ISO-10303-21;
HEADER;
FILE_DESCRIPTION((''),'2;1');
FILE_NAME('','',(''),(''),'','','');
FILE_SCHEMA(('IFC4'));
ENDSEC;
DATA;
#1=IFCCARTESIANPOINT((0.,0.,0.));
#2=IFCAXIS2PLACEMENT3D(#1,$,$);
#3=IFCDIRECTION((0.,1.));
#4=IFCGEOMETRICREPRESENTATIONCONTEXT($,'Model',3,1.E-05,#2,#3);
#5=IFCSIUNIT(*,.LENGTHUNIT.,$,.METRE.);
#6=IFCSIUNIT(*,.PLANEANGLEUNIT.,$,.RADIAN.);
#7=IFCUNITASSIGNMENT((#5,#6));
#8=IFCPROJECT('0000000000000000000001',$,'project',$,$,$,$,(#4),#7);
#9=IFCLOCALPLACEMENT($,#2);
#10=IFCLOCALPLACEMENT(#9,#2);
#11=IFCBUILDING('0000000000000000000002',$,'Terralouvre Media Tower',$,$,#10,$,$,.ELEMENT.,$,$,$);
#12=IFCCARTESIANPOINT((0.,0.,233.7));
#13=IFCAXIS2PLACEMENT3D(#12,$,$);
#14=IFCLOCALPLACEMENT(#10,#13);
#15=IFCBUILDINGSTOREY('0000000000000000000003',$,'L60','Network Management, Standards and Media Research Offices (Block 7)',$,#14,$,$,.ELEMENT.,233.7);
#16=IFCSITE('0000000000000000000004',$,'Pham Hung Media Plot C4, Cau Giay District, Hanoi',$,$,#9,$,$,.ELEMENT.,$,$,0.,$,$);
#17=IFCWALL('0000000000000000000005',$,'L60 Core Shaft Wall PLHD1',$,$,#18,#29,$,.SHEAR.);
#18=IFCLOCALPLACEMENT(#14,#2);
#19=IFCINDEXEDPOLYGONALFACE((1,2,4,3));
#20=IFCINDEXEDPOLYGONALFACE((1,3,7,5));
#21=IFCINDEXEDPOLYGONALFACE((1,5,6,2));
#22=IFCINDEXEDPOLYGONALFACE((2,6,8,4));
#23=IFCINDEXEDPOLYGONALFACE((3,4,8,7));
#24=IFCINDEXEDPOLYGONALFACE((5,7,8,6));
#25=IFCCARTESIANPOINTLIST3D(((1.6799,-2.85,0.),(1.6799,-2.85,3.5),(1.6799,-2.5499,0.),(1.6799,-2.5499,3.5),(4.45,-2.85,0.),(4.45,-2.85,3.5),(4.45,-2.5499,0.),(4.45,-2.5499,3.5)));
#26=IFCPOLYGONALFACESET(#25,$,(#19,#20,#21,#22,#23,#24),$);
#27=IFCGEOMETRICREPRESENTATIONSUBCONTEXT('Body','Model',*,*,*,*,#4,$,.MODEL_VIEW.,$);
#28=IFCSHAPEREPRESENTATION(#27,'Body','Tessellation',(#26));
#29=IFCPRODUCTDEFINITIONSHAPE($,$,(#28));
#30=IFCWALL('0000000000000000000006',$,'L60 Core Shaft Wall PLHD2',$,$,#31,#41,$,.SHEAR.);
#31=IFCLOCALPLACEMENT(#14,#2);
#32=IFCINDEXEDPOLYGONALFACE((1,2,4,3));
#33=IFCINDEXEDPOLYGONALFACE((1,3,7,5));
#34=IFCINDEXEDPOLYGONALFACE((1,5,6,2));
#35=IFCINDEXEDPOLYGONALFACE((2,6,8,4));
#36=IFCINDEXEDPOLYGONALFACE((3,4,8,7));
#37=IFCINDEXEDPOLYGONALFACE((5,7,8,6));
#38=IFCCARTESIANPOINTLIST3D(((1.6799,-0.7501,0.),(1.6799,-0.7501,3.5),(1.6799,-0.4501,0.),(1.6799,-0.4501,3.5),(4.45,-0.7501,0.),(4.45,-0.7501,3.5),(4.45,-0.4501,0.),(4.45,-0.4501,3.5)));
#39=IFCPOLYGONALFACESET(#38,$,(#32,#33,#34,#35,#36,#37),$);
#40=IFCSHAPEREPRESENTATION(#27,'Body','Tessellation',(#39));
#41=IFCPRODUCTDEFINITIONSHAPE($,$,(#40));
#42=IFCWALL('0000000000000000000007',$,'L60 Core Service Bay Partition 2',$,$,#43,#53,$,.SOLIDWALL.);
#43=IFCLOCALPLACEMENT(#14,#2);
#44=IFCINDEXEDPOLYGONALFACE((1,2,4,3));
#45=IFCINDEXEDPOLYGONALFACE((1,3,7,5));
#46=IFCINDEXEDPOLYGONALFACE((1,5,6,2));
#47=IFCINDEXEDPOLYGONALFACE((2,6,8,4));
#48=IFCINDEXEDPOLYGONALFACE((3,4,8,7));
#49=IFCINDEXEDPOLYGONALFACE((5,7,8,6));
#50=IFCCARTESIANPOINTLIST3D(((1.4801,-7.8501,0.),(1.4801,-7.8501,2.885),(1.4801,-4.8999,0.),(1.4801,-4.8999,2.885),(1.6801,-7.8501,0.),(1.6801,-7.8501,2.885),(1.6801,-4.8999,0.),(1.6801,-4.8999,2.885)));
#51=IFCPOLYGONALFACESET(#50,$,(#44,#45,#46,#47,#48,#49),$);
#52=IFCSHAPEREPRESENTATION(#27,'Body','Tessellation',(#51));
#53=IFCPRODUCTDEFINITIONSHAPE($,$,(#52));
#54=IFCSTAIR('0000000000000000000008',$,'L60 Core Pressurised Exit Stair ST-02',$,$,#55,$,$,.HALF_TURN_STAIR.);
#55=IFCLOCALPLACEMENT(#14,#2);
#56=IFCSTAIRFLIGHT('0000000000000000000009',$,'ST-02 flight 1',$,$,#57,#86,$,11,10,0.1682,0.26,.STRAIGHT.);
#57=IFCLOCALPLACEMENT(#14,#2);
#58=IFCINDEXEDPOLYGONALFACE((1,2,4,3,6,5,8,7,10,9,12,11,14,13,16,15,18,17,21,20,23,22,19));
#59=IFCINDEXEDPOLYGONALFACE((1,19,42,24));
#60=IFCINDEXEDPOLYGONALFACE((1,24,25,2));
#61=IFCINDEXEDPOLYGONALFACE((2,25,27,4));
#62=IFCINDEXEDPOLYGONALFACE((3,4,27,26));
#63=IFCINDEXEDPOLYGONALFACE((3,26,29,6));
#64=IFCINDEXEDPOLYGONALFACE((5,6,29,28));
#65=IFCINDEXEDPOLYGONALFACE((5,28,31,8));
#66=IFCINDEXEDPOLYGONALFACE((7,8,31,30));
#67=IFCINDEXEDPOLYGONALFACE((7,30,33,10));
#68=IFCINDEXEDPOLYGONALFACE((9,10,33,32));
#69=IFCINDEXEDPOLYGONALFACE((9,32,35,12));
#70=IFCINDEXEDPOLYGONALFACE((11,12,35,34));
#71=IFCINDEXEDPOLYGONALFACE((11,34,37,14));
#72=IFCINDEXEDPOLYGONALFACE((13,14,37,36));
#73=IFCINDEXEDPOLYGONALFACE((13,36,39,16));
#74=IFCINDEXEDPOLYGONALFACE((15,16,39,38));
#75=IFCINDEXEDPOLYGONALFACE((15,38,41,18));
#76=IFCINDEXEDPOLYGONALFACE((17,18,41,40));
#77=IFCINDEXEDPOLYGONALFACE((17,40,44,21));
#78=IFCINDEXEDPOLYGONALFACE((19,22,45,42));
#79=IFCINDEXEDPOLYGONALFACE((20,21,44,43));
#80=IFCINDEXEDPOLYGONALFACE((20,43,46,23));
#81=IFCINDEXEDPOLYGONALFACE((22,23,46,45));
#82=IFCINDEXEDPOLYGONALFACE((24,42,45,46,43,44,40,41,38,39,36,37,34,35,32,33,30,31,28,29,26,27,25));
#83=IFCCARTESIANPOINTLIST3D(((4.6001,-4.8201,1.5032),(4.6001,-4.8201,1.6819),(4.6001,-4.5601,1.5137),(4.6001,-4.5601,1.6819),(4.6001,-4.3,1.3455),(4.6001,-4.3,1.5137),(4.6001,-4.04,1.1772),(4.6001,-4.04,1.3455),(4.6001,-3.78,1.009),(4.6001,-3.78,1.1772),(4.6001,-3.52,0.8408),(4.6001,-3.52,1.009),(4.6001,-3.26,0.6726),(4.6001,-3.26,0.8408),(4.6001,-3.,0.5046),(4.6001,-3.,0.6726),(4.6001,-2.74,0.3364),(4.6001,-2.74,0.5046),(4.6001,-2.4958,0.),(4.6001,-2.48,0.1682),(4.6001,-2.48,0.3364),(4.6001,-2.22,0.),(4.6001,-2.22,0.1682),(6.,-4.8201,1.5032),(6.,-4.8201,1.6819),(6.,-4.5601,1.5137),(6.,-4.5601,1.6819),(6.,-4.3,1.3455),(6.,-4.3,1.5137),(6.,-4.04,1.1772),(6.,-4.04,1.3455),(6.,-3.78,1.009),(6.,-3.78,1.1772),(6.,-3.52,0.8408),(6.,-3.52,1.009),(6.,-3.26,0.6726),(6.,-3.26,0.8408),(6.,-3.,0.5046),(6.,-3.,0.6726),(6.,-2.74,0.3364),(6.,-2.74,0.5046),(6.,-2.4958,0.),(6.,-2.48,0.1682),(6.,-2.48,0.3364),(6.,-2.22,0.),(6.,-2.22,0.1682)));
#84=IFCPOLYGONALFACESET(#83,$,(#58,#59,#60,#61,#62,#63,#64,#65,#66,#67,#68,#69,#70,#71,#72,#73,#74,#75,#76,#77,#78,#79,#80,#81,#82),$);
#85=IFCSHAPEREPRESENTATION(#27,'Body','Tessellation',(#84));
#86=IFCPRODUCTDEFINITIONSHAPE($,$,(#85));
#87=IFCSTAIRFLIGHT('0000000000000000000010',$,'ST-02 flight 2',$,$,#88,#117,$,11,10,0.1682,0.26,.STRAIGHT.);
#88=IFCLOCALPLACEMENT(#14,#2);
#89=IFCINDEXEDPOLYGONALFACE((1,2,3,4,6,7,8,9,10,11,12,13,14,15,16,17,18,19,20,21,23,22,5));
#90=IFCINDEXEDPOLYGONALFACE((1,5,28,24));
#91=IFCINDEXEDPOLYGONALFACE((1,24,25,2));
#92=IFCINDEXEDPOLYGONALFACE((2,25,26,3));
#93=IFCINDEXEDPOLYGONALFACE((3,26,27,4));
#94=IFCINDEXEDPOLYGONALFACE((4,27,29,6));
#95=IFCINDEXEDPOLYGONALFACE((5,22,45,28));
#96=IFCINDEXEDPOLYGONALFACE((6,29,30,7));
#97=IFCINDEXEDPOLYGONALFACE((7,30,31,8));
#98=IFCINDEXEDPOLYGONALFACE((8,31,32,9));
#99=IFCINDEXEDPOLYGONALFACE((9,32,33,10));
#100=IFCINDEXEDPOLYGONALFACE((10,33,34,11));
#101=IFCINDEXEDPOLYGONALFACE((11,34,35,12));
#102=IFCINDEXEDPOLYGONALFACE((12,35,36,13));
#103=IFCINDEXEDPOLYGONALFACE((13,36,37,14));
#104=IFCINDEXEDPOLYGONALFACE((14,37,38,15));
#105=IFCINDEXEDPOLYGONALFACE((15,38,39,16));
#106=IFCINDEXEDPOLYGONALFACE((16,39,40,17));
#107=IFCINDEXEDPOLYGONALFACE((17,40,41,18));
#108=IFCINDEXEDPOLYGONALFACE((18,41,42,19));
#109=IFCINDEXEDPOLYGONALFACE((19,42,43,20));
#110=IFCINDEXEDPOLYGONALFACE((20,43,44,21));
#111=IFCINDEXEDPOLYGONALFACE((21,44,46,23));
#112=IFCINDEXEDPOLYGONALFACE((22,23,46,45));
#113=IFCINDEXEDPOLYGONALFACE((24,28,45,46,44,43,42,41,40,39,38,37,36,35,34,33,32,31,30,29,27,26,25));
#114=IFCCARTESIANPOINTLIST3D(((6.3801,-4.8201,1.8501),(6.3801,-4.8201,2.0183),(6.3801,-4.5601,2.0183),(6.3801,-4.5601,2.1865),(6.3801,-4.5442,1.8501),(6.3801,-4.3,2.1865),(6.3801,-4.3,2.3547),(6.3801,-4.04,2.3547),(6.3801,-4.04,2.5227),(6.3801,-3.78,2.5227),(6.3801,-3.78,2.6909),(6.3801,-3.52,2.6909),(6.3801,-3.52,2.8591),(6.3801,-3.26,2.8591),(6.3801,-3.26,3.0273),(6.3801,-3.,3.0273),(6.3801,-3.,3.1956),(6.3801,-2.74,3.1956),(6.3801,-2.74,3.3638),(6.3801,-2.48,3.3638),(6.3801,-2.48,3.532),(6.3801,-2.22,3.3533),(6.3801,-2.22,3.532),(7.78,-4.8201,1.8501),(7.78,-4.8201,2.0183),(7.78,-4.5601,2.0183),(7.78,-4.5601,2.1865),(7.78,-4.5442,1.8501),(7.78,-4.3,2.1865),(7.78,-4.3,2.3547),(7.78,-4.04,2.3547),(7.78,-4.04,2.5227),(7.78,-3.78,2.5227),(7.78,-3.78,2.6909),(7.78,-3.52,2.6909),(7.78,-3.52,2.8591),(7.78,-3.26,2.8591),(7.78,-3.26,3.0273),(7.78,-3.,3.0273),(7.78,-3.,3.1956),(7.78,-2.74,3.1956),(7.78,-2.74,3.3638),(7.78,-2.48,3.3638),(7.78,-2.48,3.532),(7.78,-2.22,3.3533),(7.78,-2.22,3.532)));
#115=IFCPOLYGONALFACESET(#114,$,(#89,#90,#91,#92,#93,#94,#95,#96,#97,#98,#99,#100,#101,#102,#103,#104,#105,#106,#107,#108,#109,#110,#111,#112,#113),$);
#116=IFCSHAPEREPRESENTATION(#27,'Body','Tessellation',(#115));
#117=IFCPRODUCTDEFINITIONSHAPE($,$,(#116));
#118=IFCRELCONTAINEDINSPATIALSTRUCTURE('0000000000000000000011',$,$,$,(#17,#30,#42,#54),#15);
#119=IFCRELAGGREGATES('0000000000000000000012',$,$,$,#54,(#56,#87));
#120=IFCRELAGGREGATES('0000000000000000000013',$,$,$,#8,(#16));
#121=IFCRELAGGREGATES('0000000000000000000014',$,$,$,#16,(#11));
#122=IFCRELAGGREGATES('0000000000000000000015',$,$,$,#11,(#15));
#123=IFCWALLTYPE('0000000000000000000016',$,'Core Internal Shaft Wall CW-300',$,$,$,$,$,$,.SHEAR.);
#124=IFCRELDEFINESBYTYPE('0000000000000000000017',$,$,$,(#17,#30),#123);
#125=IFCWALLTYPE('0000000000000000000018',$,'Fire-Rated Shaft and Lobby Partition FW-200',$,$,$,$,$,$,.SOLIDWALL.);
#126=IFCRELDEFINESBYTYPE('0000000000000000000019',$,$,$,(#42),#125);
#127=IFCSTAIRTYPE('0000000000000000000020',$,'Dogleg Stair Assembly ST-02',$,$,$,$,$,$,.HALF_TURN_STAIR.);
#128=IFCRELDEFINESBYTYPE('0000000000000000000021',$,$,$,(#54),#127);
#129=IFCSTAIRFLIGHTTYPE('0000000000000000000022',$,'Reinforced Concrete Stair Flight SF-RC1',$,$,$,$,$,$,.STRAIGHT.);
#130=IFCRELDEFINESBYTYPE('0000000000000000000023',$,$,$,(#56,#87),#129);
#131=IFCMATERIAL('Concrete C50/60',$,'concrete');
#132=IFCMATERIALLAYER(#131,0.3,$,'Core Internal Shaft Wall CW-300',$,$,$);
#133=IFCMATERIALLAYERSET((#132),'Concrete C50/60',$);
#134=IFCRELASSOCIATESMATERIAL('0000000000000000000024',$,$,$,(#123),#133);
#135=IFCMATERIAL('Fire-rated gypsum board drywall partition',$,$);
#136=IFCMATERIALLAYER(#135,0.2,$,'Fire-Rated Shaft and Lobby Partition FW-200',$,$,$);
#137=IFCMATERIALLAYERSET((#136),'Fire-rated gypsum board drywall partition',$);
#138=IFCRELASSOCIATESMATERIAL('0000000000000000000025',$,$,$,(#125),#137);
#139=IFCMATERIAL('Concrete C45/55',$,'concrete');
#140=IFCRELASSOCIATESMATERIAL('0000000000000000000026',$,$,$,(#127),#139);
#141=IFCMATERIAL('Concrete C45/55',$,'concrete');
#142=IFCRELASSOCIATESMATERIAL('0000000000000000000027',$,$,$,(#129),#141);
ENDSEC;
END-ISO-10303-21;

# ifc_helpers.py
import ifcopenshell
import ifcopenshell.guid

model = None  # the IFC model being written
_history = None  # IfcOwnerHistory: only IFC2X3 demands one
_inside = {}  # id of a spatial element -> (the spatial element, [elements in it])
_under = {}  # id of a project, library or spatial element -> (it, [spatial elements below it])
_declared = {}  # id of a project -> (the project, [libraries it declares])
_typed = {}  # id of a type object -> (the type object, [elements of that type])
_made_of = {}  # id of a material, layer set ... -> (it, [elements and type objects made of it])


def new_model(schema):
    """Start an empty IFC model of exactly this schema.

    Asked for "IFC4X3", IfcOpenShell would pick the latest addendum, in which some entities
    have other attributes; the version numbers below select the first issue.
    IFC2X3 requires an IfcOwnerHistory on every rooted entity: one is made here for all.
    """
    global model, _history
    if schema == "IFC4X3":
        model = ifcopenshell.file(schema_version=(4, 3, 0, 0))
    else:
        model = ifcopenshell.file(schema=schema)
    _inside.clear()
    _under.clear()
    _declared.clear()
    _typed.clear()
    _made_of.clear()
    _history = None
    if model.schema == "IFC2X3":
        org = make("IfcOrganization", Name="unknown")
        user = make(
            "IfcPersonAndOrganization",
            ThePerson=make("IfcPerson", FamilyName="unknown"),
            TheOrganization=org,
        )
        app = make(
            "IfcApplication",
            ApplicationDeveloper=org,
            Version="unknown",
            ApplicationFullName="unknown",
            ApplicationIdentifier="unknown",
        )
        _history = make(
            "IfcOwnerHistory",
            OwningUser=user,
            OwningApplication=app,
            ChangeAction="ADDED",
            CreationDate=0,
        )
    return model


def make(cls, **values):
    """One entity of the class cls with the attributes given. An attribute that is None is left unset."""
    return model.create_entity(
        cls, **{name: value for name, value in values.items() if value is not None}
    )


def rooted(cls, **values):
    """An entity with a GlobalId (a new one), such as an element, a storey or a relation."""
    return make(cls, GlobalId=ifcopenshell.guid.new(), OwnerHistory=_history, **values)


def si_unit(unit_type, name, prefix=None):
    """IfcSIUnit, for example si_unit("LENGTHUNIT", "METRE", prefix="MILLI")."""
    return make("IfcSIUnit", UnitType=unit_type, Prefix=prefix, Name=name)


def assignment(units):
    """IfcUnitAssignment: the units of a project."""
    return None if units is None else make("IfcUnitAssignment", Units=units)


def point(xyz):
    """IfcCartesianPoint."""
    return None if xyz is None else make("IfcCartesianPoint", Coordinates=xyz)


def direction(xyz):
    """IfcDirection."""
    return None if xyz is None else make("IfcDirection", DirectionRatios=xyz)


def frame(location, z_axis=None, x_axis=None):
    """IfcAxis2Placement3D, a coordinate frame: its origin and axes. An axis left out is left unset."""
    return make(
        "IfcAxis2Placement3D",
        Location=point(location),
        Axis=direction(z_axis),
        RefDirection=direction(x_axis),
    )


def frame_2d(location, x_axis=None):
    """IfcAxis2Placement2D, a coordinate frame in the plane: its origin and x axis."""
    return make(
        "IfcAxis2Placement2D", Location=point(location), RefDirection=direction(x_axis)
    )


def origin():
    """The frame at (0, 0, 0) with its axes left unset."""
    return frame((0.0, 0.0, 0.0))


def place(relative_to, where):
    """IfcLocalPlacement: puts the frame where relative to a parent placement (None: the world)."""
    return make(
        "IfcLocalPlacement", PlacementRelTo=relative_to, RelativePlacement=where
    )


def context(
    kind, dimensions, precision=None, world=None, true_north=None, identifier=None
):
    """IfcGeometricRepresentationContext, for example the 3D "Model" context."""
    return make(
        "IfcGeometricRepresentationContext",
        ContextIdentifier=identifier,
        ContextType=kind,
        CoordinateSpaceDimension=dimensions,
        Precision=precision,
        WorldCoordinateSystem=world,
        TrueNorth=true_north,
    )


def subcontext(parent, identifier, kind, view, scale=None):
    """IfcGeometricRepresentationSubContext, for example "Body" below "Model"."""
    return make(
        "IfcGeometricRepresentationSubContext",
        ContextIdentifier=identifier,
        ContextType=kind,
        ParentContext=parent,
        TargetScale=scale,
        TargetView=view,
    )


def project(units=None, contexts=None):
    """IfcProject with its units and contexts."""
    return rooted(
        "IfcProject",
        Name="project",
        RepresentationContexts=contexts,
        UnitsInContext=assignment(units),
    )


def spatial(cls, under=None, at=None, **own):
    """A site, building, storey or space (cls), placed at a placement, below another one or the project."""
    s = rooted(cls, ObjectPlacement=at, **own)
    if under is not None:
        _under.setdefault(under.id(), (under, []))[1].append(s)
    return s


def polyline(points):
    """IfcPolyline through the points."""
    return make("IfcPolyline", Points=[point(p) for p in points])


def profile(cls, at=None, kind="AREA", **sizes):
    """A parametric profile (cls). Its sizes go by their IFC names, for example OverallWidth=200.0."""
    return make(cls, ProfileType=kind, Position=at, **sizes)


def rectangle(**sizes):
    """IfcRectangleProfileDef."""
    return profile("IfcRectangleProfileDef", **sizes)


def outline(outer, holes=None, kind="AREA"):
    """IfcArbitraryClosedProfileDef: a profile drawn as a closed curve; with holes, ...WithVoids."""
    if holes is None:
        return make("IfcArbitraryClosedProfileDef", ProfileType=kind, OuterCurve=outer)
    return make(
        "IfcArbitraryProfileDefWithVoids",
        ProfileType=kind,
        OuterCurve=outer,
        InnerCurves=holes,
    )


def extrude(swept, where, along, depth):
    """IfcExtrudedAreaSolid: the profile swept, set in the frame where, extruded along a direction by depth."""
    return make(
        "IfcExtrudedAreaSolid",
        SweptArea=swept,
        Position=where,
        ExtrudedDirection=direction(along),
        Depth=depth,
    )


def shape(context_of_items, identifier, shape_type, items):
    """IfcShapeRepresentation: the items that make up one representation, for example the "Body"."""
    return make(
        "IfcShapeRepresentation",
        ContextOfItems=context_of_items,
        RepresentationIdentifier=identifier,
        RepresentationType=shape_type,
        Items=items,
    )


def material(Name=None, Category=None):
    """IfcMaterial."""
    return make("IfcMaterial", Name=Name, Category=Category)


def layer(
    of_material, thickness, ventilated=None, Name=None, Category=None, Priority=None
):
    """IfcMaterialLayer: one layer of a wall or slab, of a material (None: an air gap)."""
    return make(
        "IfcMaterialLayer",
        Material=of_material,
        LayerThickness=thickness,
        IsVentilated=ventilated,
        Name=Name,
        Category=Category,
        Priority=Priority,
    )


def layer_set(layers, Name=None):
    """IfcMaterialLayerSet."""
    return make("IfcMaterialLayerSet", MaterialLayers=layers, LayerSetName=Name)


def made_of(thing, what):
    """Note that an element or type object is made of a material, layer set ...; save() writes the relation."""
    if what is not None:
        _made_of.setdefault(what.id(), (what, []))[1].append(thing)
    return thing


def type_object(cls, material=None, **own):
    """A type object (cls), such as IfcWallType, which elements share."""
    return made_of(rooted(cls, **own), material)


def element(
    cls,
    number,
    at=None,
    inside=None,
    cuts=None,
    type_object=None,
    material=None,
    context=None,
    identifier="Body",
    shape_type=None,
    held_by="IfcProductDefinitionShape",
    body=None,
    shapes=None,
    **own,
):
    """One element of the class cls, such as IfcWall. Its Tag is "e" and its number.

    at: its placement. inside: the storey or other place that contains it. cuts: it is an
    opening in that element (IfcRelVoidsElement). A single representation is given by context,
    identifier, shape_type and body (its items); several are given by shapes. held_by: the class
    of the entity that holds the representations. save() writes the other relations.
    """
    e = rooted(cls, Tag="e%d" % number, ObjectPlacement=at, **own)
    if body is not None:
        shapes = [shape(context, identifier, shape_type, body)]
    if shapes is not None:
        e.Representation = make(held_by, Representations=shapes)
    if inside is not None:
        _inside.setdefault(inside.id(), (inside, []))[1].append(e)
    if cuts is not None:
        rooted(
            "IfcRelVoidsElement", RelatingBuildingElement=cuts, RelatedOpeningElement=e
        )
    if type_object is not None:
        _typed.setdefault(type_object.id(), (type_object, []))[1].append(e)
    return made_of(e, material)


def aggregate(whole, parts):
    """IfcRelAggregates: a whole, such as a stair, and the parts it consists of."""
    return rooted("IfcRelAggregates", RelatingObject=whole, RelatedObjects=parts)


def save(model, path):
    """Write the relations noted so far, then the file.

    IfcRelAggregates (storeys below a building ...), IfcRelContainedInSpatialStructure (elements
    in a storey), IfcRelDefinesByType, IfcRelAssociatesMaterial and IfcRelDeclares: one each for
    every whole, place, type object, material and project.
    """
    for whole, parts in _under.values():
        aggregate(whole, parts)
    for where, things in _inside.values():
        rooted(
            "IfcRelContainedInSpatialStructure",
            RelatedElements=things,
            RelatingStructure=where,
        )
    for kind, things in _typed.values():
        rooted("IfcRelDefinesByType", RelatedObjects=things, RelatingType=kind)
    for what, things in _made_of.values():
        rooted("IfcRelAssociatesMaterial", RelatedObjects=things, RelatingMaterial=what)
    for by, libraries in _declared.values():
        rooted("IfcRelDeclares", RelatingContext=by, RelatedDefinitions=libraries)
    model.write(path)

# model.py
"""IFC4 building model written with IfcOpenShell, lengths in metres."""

from ifc_helpers import new_model, si_unit, direction, frame, frame_2d, origin, place, context, subcontext, project, spatial, polyline, rectangle, outline, extrude, material, layer, layer_set, type_object, element, aggregate, save


model = new_model("IFC4")

# Units and contexts
model_context = context("Model", 3, precision=1e-05, world=origin(), true_north=direction((0.0, 1.0)))
body_context = subcontext(model_context, "Body", "Model", "MODEL_VIEW")
ifc_project = project(units=[si_unit("LENGTHUNIT", "METRE"), si_unit("PLANEANGLEUNIT", "RADIAN")], contexts=[model_context])

# Site, building, storey
site_placement = place(None, origin())
site = spatial("IfcSite", under=ifc_project, at=site_placement, Name="Pham Hung Media Plot C4, Cau Giay District, Hanoi", CompositionType="ELEMENT", RefElevation=0.0)
building_placement = place(site_placement, origin())
building = spatial("IfcBuilding", under=site, at=building_placement, Name="Terralouvre Media Tower", CompositionType="ELEMENT")
storey_placement = place(building_placement, frame((0.0, 0.0, 233.7)))
storey = spatial("IfcBuildingStorey", under=building, at=storey_placement, Name="L60", Description="Network Management, Standards and Media Research Offices (Block 7)", CompositionType="ELEMENT", Elevation=233.7)

# Shared definitions
ifc_material_1 = material(Name="Concrete C50/60", Category="concrete")
ifc_layer_1 = layer(ifc_material_1, 0.3, Name="Core Internal Shaft Wall CW-300")
ifc_layer_set_1 = layer_set([ifc_layer_1], Name="Concrete C50/60")
wall_type_1 = type_object("IfcWallType", Name="Core Internal Shaft Wall CW-300", PredefinedType="SHEAR", material=ifc_layer_set_1)

# Walls
for number, where, z_axis, x_axis, name in (
    (1, (1.6799, -2.7, 0.0), (0.0, 0.0, 1.0), (1.0, 0.0, 0.0), "L60 Core Shaft Wall PLHD1"),
    (2, (1.6799, -0.6001, 0.0), (0.0, 0.0, 1.0), (1.0, 0.0, 0.0), "L60 Core Shaft Wall PLHD2"),
):
    element("IfcWall", number, at=place(storey_placement, frame(where, z_axis=z_axis, x_axis=x_axis)), inside=storey, type_object=wall_type_1, Name=name, PredefinedType="SHEAR", context=body_context, shape_type="SweptSolid", body=[
        extrude(rectangle(XDim=2.77, YDim=0.3, at=frame_2d((1.385, 0.0))), origin(), (0.0, 0.0, 1.0), 3.5),
    ])
ifc_material_2 = material(Name="Fire-rated gypsum board drywall partition")
ifc_layer_2 = layer(ifc_material_2, 0.2, Name="Fire-Rated Shaft and Lobby Partition FW-200")
ifc_layer_set_2 = layer_set([ifc_layer_2], Name="Fire-rated gypsum board drywall partition")
wall_type_2 = type_object("IfcWallType", Name="Fire-Rated Shaft and Lobby Partition FW-200", PredefinedType="SOLIDWALL", material=ifc_layer_set_2)
wall_1_placement = place(storey_placement, frame((1.5801, -7.8501, 0.0), z_axis=(0.0, 0.0, 1.0), x_axis=(0.0, 1.0, 0.0)))
element("IfcWall", 3, at=wall_1_placement, inside=storey, type_object=wall_type_2, Name="L60 Core Service Bay Partition 2", PredefinedType="SOLIDWALL", context=body_context, shape_type="SweptSolid", body=[
    extrude(rectangle(XDim=2.9502, YDim=0.2, at=frame_2d((1.4751, 0.0))), origin(), (0.0, 0.0, 1.0), 2.885),
])

# Stair, stair flights
ifc_material_3 = material(Name="Concrete C45/55", Category="concrete")
stair_type = type_object("IfcStairType", Name="Dogleg Stair Assembly ST-02", PredefinedType="HALF_TURN_STAIR", material=ifc_material_3)
stair_placement = place(storey_placement, origin())
stair = element("IfcStair", 4, at=stair_placement, inside=storey, type_object=stair_type, Name="L60 Core Pressurised Exit Stair ST-02", PredefinedType="HALF_TURN_STAIR")
ifc_material_4 = material(Name="Concrete C45/55", Category="concrete")
stair_flight_type = type_object("IfcStairFlightType", Name="Reinforced Concrete Stair Flight SF-RC1", PredefinedType="STRAIGHT", material=ifc_material_4)
stair_flight_1_placement = place(storey_placement, frame((5.3, -2.22, 0.0), z_axis=(0.0, 0.0, 1.0), x_axis=(0.0, -1.0, 0.0)))
stair_flight_1 = element("IfcStairFlight", 5, at=stair_flight_1_placement, type_object=stair_flight_type, Name="ST-02 flight 1", NumberOfRisers=11, NumberOfTreads=10, PredefinedType="STRAIGHT", RiserHeight=0.1682, TreadLength=0.26, context=body_context, shape_type="SweptSolid", body=[
    extrude(outline(polyline([(0.0, 0.0), (0.0, 0.1682), (0.26, 0.1682), (0.26, 0.3364), (0.52, 0.3364), (0.52, 0.5046), (0.78, 0.5046), (0.78, 0.6726), (1.04, 0.6726), (1.04, 0.8408), (1.3, 0.8408), (1.3, 1.009), (1.5601, 1.009), (1.5601, 1.1772), (1.8201, 1.1772), (1.8201, 1.3455), (2.0801, 1.3455), (2.0801, 1.5137), (2.3401, 1.5137), (2.3401, 1.6819), (2.6001, 1.6819), (2.6001, 1.8501), (2.6001, 1.5032), (0.2759, 0.0), (0.0, 0.0)])), frame((0.0, 0.7, 0.0), z_axis=(0.0, -1.0, 0.0), x_axis=(1.0, 0.0, 0.0)), (0.0, 0.0, 1.0), 1.3999),
])
stair_flight_2_placement = place(storey_placement, frame((7.0801, -4.8201, 1.8501), z_axis=(0.0, 0.0, 1.0), x_axis=(0.0, 1.0, 0.0)))
stair_flight_2 = element("IfcStairFlight", 6, at=stair_flight_2_placement, type_object=stair_flight_type, Name="ST-02 flight 2", NumberOfRisers=11, NumberOfTreads=10, PredefinedType="STRAIGHT", RiserHeight=0.1682, TreadLength=0.26, context=body_context, shape_type="SweptSolid", body=[
    extrude(outline(polyline([(0.0, 0.0), (0.0, 0.1682), (0.26, 0.1682), (0.26, 0.3364), (0.52, 0.3364), (0.52, 0.5046), (0.78, 0.5046), (0.78, 0.6726), (1.04, 0.6726), (1.04, 0.8408), (1.3, 0.8408), (1.3, 1.009), (1.5601, 1.009), (1.5601, 1.1772), (1.8201, 1.1772), (1.8201, 1.3455), (2.0801, 1.3455), (2.0801, 1.5137), (2.3401, 1.5137), (2.3401, 1.6819), (2.6001, 1.6819), (2.6001, 1.8501), (2.6001, 1.5032), (0.2759, 0.0), (0.0, 0.0)])), frame((0.0, 0.7, 0.0), z_axis=(0.0, -1.0, 0.0), x_axis=(1.0, 0.0, 0.0)), (0.0, 0.0, 1.0), 1.3999),
])
aggregate(stair, [stair_flight_1, stair_flight_2])

save(model, "model.ifc")
